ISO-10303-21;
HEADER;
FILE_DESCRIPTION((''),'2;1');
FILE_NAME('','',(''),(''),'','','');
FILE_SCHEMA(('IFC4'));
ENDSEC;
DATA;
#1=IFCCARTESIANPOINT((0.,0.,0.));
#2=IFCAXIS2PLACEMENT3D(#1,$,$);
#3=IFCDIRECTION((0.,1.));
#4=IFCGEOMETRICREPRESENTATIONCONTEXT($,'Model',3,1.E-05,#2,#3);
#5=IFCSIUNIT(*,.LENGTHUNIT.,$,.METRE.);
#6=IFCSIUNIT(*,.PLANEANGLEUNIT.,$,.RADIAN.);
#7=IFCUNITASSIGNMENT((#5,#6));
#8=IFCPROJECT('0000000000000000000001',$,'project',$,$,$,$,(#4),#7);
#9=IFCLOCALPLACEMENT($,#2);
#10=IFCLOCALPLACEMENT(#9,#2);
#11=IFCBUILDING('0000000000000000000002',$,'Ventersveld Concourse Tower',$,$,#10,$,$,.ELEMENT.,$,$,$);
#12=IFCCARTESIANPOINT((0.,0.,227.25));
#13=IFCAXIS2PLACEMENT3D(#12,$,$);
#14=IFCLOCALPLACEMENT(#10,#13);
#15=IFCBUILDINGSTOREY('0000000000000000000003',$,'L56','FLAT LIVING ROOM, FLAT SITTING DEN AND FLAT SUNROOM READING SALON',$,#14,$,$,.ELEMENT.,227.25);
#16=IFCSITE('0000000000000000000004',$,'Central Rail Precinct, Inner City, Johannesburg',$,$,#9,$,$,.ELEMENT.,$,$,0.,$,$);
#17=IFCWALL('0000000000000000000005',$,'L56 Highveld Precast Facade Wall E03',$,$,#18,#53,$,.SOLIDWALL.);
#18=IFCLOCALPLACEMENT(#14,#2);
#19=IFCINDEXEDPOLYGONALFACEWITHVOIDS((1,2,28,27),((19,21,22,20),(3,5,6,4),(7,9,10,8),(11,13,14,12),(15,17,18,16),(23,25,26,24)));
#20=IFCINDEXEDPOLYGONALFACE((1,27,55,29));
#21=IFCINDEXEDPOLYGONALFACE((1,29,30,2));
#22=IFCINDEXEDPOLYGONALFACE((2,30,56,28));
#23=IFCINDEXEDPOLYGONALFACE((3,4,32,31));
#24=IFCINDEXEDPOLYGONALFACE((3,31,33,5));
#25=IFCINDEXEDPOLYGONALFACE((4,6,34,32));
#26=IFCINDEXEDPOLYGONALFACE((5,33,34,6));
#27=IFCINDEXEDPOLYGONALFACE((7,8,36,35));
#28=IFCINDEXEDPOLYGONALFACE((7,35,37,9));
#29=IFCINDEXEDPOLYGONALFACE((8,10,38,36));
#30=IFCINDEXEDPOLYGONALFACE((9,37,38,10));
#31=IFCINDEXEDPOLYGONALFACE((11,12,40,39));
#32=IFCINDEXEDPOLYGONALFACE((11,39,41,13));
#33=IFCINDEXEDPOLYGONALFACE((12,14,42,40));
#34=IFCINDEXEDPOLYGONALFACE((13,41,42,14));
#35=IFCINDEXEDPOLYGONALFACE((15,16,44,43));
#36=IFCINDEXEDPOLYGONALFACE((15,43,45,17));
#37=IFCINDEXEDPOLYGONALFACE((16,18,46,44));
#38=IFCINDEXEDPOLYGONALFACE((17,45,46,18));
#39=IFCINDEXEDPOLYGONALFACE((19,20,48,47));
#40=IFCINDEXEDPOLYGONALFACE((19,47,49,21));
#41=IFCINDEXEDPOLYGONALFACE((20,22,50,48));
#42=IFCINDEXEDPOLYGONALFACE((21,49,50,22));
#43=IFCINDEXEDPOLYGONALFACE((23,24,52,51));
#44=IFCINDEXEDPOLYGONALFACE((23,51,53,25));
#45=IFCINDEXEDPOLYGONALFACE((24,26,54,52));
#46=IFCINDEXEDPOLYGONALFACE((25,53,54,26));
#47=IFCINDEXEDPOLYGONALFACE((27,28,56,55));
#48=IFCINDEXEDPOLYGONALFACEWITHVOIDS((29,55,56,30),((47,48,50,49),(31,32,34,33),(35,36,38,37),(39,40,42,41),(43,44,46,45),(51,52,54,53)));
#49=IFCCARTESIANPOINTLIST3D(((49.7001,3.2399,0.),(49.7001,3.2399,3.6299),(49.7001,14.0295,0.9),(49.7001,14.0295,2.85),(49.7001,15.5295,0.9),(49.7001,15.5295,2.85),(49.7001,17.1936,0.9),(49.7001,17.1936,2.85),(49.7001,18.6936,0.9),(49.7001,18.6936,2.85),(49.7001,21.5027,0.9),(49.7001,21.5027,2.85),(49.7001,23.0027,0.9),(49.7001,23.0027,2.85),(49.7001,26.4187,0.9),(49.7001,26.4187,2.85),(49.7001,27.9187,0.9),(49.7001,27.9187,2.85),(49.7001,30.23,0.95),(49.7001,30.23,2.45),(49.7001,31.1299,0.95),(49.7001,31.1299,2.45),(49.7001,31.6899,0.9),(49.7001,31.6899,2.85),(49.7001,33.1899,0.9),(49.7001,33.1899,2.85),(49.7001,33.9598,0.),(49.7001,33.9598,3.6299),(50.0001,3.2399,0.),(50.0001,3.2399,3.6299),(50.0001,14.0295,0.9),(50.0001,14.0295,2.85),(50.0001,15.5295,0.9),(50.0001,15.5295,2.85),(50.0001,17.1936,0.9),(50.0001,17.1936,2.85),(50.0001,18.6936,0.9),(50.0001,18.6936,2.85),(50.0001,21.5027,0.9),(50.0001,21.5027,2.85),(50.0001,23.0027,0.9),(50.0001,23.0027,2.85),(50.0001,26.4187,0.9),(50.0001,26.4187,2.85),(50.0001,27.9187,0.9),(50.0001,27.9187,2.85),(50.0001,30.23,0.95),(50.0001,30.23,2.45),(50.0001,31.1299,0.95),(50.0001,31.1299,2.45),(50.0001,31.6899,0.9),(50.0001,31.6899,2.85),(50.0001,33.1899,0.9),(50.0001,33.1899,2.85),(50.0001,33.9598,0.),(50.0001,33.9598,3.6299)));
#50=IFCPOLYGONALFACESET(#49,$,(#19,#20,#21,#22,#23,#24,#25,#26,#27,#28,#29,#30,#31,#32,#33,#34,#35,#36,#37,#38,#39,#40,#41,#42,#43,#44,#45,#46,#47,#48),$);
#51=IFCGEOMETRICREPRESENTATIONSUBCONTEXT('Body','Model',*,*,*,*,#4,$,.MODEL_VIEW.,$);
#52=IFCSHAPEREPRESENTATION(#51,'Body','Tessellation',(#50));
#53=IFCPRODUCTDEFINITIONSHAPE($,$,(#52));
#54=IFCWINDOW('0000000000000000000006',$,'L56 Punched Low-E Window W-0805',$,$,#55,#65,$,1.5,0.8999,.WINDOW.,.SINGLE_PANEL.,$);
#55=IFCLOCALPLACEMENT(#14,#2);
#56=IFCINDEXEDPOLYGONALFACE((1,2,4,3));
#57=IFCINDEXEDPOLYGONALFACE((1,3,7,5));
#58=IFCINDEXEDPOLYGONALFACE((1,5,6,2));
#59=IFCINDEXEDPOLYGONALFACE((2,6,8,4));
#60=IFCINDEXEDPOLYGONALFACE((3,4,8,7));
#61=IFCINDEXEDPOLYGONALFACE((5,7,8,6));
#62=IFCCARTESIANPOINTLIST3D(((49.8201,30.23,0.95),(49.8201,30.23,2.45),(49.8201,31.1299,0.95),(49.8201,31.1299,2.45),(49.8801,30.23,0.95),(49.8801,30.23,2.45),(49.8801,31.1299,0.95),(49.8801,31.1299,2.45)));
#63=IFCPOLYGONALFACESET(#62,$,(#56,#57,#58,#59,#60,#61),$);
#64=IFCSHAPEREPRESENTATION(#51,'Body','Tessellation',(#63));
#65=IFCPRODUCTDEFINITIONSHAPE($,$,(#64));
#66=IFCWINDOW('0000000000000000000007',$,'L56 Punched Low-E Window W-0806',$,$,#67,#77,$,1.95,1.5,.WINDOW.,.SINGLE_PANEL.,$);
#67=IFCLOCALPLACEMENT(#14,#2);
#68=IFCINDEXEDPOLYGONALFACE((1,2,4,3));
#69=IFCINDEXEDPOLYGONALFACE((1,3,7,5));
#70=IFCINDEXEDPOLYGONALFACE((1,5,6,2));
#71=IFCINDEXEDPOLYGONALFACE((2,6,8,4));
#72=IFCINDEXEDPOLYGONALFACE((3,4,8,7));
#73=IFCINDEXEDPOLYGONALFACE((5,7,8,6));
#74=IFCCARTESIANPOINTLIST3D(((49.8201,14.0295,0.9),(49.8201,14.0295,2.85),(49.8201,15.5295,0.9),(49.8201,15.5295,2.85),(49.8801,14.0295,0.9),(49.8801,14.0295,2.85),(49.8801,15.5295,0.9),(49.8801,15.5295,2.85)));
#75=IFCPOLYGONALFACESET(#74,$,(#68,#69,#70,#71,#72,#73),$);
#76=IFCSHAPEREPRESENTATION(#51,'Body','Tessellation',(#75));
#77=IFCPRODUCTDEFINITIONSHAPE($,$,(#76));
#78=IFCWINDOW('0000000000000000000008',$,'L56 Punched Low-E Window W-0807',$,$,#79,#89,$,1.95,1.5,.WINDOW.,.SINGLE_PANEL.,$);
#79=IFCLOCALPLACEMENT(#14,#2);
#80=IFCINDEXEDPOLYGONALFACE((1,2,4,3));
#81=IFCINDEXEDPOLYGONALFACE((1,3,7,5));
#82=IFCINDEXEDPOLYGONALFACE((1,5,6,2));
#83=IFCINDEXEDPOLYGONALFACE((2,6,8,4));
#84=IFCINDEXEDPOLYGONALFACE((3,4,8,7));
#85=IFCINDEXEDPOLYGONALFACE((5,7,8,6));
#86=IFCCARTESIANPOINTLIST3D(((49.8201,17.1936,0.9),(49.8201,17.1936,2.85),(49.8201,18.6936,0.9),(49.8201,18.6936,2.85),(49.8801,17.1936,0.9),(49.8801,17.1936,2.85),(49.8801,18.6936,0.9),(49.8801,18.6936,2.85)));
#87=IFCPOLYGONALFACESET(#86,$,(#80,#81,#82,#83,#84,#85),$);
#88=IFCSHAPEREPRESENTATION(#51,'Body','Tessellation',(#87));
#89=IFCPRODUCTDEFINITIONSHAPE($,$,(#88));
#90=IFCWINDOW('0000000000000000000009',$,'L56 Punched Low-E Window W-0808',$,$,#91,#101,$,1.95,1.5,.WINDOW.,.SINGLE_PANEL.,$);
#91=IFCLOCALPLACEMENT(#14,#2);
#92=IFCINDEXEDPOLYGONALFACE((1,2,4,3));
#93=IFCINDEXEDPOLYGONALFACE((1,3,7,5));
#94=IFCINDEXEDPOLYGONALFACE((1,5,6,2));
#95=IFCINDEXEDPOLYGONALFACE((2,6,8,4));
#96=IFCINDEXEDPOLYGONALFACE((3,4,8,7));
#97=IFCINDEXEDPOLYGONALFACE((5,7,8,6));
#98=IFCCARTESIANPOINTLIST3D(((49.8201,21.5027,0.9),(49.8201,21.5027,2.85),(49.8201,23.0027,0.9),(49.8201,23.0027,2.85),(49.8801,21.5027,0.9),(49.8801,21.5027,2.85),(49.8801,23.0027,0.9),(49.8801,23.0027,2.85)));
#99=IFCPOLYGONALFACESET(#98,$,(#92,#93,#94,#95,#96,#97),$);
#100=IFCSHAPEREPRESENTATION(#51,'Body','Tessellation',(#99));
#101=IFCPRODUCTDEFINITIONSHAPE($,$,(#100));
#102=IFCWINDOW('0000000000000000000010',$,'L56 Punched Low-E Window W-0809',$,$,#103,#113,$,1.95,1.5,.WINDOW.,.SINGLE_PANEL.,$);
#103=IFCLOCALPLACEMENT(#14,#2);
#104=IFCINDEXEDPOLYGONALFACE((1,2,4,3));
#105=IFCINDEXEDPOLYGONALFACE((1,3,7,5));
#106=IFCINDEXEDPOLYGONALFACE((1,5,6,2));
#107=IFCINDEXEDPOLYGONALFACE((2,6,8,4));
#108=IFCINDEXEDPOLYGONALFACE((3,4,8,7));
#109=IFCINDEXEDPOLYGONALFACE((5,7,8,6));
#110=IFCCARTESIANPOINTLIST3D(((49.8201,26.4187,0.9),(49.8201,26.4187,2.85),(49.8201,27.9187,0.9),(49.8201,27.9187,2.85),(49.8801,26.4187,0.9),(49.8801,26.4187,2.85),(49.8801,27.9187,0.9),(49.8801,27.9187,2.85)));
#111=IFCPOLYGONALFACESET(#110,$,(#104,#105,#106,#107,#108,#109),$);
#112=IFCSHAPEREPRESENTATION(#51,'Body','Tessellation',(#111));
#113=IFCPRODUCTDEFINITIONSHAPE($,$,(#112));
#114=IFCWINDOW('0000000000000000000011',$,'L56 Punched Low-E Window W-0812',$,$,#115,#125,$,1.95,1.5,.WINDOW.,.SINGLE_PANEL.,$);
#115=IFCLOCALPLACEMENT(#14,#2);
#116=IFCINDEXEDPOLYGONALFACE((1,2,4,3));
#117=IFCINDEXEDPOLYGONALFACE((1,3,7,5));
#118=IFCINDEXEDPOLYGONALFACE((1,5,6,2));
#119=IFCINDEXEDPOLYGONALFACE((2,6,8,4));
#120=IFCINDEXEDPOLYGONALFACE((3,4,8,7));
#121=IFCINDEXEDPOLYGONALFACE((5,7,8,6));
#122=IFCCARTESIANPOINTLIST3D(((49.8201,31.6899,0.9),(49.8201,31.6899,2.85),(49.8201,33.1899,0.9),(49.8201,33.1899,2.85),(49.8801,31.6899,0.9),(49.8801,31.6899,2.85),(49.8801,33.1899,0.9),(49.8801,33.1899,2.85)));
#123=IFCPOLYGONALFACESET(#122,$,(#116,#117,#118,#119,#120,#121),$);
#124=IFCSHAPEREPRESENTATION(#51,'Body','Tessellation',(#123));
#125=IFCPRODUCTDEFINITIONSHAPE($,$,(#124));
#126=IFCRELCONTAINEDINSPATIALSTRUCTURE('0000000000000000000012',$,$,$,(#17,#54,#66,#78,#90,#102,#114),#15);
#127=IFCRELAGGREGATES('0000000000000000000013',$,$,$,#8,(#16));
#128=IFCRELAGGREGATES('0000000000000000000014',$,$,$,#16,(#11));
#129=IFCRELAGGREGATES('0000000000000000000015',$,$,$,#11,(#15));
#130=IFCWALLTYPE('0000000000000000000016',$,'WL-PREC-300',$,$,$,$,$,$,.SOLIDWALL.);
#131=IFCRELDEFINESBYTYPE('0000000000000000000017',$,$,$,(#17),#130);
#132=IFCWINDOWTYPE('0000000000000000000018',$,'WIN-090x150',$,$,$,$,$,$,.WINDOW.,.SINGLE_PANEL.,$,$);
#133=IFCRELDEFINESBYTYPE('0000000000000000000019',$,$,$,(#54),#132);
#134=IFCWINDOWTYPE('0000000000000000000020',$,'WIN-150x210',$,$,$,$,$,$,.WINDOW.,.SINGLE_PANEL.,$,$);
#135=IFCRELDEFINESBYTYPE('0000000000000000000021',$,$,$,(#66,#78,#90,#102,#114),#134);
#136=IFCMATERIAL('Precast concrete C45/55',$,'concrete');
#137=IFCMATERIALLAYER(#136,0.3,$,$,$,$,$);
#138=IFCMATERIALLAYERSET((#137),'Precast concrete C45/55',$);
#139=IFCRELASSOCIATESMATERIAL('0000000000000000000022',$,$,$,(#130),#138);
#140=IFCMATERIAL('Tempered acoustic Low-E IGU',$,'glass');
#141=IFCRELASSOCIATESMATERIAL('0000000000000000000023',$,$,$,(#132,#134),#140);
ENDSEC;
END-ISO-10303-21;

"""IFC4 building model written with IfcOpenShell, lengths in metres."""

from ifc_helpers import new_model, si_unit, direction, frame, frame_2d, origin, place, context, subcontext, project, spatial, rectangle, extrude, material, layer, layer_set, type_object, element, fill, save


model = new_model("IFC4")

# Units and contexts
model_context = context("Model", 3, precision=1e-05, world=origin(), true_north=direction((0.0, 1.0)))
body_context = subcontext(model_context, "Body", "Model", "MODEL_VIEW")
ifc_project = project(units=[si_unit("LENGTHUNIT", "METRE"), si_unit("PLANEANGLEUNIT", "RADIAN")], contexts=[model_context])

# Site, building, storey
site_placement = place(None, origin())
site = spatial("IfcSite", under=ifc_project, at=site_placement, Name="Central Rail Precinct, Inner City, Johannesburg", CompositionType="ELEMENT", RefElevation=0.0)
building_placement = place(site_placement, origin())
building = spatial("IfcBuilding", under=site, at=building_placement, Name="Ventersveld Concourse Tower", CompositionType="ELEMENT")
storey_placement = place(building_placement, frame((0.0, 0.0, 227.25)))
storey = spatial("IfcBuildingStorey", under=building, at=storey_placement, Name="L56", Description="FLAT LIVING ROOM, FLAT SITTING DEN AND FLAT SUNROOM READING SALON", CompositionType="ELEMENT", Elevation=227.25)

# Shared definitions
ifc_material_1 = material(Name="Precast concrete C45/55", Category="concrete")
ifc_layer_1 = layer(ifc_material_1, 0.3)
ifc_layer_set_1 = layer_set([ifc_layer_1], Name="Precast concrete C45/55")
wall_type_1 = type_object("IfcWallType", Name="WL-PREC-300", PredefinedType="SOLIDWALL", material=ifc_layer_set_1)
ifc_material_2 = material(Name="Tempered acoustic Low-E IGU", Category="glass")
window_type_1 = type_object("IfcWindowType", Name="WIN-090x150", PartitioningType="SINGLE_PANEL", PredefinedType="WINDOW", material=ifc_material_2)

# Wall, openings, windows
wall_1_placement = place(storey_placement, frame((49.8501, 3.24, 0.0), z_axis=(0.0, 0.0, 1.0), x_axis=(0.0, 1.0, 0.0)))
wall_1 = element("IfcWall", 1, at=wall_1_placement, inside=storey, type_object=wall_type_1, Name="L56 Highveld Precast Facade Wall E03", PredefinedType="SOLIDWALL", context=body_context, shape_type="SweptSolid", body=[
    extrude(rectangle(XDim=30.72, YDim=0.3, at=frame_2d((15.3599, 0.0))), origin(), (0.0, 0.0, 1.0), 3.6299),
])
opening_1_placement = place(wall_1_placement, frame((26.99, 0.0, 0.95)))
opening_1 = element("IfcOpeningElement", 2, at=opening_1_placement, cuts=wall_1, PredefinedType="OPENING", context=body_context, shape_type="SweptSolid", body=[
    extrude(rectangle(XDim=0.8999, YDim=1.5, at=frame_2d((0.45, 0.75))), frame((0.0, 0.1602, 0.0), z_axis=(0.0, -1.0, 0.0), x_axis=(1.0, 0.0, 0.0)), (0.0, 0.0, 1.0), 0.3201),
])
opening_2_placement = place(wall_1_placement, frame((10.7896, 0.0, 0.8999)))
opening_2 = element("IfcOpeningElement", 3, at=opening_2_placement, cuts=wall_1, PredefinedType="OPENING", context=body_context, shape_type="SweptSolid", body=[
    extrude(rectangle(XDim=1.5, YDim=1.95, at=frame_2d((0.75, 0.9751))), frame((0.0, 0.1602, 0.0), z_axis=(0.0, -1.0, 0.0), x_axis=(1.0, 0.0, 0.0)), (0.0, 0.0, 1.0), 0.3201),
])
opening_3_placement = place(wall_1_placement, frame((13.9536, 0.0, 0.8999)))
opening_3 = element("IfcOpeningElement", 4, at=opening_3_placement, cuts=wall_1, PredefinedType="OPENING", context=body_context, shape_type="SweptSolid", body=[
    extrude(rectangle(XDim=1.5, YDim=1.95, at=frame_2d((0.75, 0.9751))), frame((0.0, 0.1602, 0.0), z_axis=(0.0, -1.0, 0.0), x_axis=(1.0, 0.0, 0.0)), (0.0, 0.0, 1.0), 0.3201),
])
opening_4_placement = place(wall_1_placement, frame((18.2627, 0.0, 0.8999)))
opening_4 = element("IfcOpeningElement", 5, at=opening_4_placement, cuts=wall_1, PredefinedType="OPENING", context=body_context, shape_type="SweptSolid", body=[
    extrude(rectangle(XDim=1.5, YDim=1.95, at=frame_2d((0.75, 0.9751))), frame((0.0, 0.1602, 0.0), z_axis=(0.0, -1.0, 0.0), x_axis=(1.0, 0.0, 0.0)), (0.0, 0.0, 1.0), 0.3201),
])
opening_5_placement = place(wall_1_placement, frame((23.1787, 0.0, 0.8999)))
opening_5 = element("IfcOpeningElement", 6, at=opening_5_placement, cuts=wall_1, PredefinedType="OPENING", context=body_context, shape_type="SweptSolid", body=[
    extrude(rectangle(XDim=1.5, YDim=1.95, at=frame_2d((0.75, 0.9751))), frame((0.0, 0.1602, 0.0), z_axis=(0.0, -1.0, 0.0), x_axis=(1.0, 0.0, 0.0)), (0.0, 0.0, 1.0), 0.3201),
])
opening_6_placement = place(wall_1_placement, frame((28.45, 0.0, 0.8999)))
opening_6 = element("IfcOpeningElement", 7, at=opening_6_placement, cuts=wall_1, PredefinedType="OPENING", context=body_context, shape_type="SweptSolid", body=[
    extrude(rectangle(XDim=1.5, YDim=1.95, at=frame_2d((0.75, 0.9751))), frame((0.0, 0.1602, 0.0), z_axis=(0.0, -1.0, 0.0), x_axis=(1.0, 0.0, 0.0)), (0.0, 0.0, 1.0), 0.3201),
])
window_1_placement = place(opening_1_placement, origin())
window_1 = element("IfcWindow", 8, at=window_1_placement, inside=storey, type_object=window_type_1, Name="L56 Punched Low-E Window W-0805", OverallHeight=1.5, OverallWidth=0.8999, PartitioningType="SINGLE_PANEL", PredefinedType="WINDOW", context=body_context, shape_type="SweptSolid", body=[
    extrude(rectangle(XDim=0.8999, YDim=1.5, at=frame_2d((0.45, 0.75))), frame((0.0, 0.03, 0.0), z_axis=(0.0, -1.0, 0.0), x_axis=(1.0, 0.0, 0.0)), (0.0, 0.0, 1.0), 0.0601),
])
fill(opening_1, window_1)
window_type_2 = type_object("IfcWindowType", Name="WIN-150x210", PartitioningType="SINGLE_PANEL", PredefinedType="WINDOW", material=ifc_material_2)
window_2_placement = place(opening_2_placement, origin())
window_2 = element("IfcWindow", 9, at=window_2_placement, inside=storey, type_object=window_type_2, Name="L56 Punched Low-E Window W-0806", OverallHeight=1.95, OverallWidth=1.5, PartitioningType="SINGLE_PANEL", PredefinedType="WINDOW", context=body_context, shape_type="SweptSolid", body=[
    extrude(rectangle(XDim=1.5, YDim=1.95, at=frame_2d((0.75, 0.9751))), frame((0.0, 0.03, 0.0), z_axis=(0.0, -1.0, 0.0), x_axis=(1.0, 0.0, 0.0)), (0.0, 0.0, 1.0), 0.0601),
])
fill(opening_2, window_2)
window_3_placement = place(opening_3_placement, origin())
window_3 = element("IfcWindow", 10, at=window_3_placement, inside=storey, type_object=window_type_2, Name="L56 Punched Low-E Window W-0807", OverallHeight=1.95, OverallWidth=1.5, PartitioningType="SINGLE_PANEL", PredefinedType="WINDOW", context=body_context, shape_type="SweptSolid", body=[
    extrude(rectangle(XDim=1.5, YDim=1.95, at=frame_2d((0.75, 0.9751))), frame((0.0, 0.03, 0.0), z_axis=(0.0, -1.0, 0.0), x_axis=(1.0, 0.0, 0.0)), (0.0, 0.0, 1.0), 0.0601),
])
fill(opening_3, window_3)
window_4_placement = place(opening_4_placement, origin())
window_4 = element("IfcWindow", 11, at=window_4_placement, inside=storey, type_object=window_type_2, Name="L56 Punched Low-E Window W-0808", OverallHeight=1.95, OverallWidth=1.5, PartitioningType="SINGLE_PANEL", PredefinedType="WINDOW", context=body_context, shape_type="SweptSolid", body=[
    extrude(rectangle(XDim=1.5, YDim=1.95, at=frame_2d((0.75, 0.9751))), frame((0.0, 0.03, 0.0), z_axis=(0.0, -1.0, 0.0), x_axis=(1.0, 0.0, 0.0)), (0.0, 0.0, 1.0), 0.0601),
])
fill(opening_4, window_4)
window_5_placement = place(opening_5_placement, origin())
window_5 = element("IfcWindow", 12, at=window_5_placement, inside=storey, type_object=window_type_2, Name="L56 Punched Low-E Window W-0809", OverallHeight=1.95, OverallWidth=1.5, PartitioningType="SINGLE_PANEL", PredefinedType="WINDOW", context=body_context, shape_type="SweptSolid", body=[
    extrude(rectangle(XDim=1.5, YDim=1.95, at=frame_2d((0.75, 0.9751))), frame((0.0, 0.03, 0.0), z_axis=(0.0, -1.0, 0.0), x_axis=(1.0, 0.0, 0.0)), (0.0, 0.0, 1.0), 0.0601),
])
fill(opening_5, window_5)
window_6_placement = place(opening_6_placement, origin())
window_6 = element("IfcWindow", 13, at=window_6_placement, inside=storey, type_object=window_type_2, Name="L56 Punched Low-E Window W-0812", OverallHeight=1.95, OverallWidth=1.5, PartitioningType="SINGLE_PANEL", PredefinedType="WINDOW", context=body_context, shape_type="SweptSolid", body=[
    extrude(rectangle(XDim=1.5, YDim=1.95, at=frame_2d((0.75, 0.9751))), frame((0.0, 0.03, 0.0), z_axis=(0.0, -1.0, 0.0), x_axis=(1.0, 0.0, 0.0)), (0.0, 0.0, 1.0), 0.0601),
])
fill(opening_6, window_6)

save(model, "model.ifc")
